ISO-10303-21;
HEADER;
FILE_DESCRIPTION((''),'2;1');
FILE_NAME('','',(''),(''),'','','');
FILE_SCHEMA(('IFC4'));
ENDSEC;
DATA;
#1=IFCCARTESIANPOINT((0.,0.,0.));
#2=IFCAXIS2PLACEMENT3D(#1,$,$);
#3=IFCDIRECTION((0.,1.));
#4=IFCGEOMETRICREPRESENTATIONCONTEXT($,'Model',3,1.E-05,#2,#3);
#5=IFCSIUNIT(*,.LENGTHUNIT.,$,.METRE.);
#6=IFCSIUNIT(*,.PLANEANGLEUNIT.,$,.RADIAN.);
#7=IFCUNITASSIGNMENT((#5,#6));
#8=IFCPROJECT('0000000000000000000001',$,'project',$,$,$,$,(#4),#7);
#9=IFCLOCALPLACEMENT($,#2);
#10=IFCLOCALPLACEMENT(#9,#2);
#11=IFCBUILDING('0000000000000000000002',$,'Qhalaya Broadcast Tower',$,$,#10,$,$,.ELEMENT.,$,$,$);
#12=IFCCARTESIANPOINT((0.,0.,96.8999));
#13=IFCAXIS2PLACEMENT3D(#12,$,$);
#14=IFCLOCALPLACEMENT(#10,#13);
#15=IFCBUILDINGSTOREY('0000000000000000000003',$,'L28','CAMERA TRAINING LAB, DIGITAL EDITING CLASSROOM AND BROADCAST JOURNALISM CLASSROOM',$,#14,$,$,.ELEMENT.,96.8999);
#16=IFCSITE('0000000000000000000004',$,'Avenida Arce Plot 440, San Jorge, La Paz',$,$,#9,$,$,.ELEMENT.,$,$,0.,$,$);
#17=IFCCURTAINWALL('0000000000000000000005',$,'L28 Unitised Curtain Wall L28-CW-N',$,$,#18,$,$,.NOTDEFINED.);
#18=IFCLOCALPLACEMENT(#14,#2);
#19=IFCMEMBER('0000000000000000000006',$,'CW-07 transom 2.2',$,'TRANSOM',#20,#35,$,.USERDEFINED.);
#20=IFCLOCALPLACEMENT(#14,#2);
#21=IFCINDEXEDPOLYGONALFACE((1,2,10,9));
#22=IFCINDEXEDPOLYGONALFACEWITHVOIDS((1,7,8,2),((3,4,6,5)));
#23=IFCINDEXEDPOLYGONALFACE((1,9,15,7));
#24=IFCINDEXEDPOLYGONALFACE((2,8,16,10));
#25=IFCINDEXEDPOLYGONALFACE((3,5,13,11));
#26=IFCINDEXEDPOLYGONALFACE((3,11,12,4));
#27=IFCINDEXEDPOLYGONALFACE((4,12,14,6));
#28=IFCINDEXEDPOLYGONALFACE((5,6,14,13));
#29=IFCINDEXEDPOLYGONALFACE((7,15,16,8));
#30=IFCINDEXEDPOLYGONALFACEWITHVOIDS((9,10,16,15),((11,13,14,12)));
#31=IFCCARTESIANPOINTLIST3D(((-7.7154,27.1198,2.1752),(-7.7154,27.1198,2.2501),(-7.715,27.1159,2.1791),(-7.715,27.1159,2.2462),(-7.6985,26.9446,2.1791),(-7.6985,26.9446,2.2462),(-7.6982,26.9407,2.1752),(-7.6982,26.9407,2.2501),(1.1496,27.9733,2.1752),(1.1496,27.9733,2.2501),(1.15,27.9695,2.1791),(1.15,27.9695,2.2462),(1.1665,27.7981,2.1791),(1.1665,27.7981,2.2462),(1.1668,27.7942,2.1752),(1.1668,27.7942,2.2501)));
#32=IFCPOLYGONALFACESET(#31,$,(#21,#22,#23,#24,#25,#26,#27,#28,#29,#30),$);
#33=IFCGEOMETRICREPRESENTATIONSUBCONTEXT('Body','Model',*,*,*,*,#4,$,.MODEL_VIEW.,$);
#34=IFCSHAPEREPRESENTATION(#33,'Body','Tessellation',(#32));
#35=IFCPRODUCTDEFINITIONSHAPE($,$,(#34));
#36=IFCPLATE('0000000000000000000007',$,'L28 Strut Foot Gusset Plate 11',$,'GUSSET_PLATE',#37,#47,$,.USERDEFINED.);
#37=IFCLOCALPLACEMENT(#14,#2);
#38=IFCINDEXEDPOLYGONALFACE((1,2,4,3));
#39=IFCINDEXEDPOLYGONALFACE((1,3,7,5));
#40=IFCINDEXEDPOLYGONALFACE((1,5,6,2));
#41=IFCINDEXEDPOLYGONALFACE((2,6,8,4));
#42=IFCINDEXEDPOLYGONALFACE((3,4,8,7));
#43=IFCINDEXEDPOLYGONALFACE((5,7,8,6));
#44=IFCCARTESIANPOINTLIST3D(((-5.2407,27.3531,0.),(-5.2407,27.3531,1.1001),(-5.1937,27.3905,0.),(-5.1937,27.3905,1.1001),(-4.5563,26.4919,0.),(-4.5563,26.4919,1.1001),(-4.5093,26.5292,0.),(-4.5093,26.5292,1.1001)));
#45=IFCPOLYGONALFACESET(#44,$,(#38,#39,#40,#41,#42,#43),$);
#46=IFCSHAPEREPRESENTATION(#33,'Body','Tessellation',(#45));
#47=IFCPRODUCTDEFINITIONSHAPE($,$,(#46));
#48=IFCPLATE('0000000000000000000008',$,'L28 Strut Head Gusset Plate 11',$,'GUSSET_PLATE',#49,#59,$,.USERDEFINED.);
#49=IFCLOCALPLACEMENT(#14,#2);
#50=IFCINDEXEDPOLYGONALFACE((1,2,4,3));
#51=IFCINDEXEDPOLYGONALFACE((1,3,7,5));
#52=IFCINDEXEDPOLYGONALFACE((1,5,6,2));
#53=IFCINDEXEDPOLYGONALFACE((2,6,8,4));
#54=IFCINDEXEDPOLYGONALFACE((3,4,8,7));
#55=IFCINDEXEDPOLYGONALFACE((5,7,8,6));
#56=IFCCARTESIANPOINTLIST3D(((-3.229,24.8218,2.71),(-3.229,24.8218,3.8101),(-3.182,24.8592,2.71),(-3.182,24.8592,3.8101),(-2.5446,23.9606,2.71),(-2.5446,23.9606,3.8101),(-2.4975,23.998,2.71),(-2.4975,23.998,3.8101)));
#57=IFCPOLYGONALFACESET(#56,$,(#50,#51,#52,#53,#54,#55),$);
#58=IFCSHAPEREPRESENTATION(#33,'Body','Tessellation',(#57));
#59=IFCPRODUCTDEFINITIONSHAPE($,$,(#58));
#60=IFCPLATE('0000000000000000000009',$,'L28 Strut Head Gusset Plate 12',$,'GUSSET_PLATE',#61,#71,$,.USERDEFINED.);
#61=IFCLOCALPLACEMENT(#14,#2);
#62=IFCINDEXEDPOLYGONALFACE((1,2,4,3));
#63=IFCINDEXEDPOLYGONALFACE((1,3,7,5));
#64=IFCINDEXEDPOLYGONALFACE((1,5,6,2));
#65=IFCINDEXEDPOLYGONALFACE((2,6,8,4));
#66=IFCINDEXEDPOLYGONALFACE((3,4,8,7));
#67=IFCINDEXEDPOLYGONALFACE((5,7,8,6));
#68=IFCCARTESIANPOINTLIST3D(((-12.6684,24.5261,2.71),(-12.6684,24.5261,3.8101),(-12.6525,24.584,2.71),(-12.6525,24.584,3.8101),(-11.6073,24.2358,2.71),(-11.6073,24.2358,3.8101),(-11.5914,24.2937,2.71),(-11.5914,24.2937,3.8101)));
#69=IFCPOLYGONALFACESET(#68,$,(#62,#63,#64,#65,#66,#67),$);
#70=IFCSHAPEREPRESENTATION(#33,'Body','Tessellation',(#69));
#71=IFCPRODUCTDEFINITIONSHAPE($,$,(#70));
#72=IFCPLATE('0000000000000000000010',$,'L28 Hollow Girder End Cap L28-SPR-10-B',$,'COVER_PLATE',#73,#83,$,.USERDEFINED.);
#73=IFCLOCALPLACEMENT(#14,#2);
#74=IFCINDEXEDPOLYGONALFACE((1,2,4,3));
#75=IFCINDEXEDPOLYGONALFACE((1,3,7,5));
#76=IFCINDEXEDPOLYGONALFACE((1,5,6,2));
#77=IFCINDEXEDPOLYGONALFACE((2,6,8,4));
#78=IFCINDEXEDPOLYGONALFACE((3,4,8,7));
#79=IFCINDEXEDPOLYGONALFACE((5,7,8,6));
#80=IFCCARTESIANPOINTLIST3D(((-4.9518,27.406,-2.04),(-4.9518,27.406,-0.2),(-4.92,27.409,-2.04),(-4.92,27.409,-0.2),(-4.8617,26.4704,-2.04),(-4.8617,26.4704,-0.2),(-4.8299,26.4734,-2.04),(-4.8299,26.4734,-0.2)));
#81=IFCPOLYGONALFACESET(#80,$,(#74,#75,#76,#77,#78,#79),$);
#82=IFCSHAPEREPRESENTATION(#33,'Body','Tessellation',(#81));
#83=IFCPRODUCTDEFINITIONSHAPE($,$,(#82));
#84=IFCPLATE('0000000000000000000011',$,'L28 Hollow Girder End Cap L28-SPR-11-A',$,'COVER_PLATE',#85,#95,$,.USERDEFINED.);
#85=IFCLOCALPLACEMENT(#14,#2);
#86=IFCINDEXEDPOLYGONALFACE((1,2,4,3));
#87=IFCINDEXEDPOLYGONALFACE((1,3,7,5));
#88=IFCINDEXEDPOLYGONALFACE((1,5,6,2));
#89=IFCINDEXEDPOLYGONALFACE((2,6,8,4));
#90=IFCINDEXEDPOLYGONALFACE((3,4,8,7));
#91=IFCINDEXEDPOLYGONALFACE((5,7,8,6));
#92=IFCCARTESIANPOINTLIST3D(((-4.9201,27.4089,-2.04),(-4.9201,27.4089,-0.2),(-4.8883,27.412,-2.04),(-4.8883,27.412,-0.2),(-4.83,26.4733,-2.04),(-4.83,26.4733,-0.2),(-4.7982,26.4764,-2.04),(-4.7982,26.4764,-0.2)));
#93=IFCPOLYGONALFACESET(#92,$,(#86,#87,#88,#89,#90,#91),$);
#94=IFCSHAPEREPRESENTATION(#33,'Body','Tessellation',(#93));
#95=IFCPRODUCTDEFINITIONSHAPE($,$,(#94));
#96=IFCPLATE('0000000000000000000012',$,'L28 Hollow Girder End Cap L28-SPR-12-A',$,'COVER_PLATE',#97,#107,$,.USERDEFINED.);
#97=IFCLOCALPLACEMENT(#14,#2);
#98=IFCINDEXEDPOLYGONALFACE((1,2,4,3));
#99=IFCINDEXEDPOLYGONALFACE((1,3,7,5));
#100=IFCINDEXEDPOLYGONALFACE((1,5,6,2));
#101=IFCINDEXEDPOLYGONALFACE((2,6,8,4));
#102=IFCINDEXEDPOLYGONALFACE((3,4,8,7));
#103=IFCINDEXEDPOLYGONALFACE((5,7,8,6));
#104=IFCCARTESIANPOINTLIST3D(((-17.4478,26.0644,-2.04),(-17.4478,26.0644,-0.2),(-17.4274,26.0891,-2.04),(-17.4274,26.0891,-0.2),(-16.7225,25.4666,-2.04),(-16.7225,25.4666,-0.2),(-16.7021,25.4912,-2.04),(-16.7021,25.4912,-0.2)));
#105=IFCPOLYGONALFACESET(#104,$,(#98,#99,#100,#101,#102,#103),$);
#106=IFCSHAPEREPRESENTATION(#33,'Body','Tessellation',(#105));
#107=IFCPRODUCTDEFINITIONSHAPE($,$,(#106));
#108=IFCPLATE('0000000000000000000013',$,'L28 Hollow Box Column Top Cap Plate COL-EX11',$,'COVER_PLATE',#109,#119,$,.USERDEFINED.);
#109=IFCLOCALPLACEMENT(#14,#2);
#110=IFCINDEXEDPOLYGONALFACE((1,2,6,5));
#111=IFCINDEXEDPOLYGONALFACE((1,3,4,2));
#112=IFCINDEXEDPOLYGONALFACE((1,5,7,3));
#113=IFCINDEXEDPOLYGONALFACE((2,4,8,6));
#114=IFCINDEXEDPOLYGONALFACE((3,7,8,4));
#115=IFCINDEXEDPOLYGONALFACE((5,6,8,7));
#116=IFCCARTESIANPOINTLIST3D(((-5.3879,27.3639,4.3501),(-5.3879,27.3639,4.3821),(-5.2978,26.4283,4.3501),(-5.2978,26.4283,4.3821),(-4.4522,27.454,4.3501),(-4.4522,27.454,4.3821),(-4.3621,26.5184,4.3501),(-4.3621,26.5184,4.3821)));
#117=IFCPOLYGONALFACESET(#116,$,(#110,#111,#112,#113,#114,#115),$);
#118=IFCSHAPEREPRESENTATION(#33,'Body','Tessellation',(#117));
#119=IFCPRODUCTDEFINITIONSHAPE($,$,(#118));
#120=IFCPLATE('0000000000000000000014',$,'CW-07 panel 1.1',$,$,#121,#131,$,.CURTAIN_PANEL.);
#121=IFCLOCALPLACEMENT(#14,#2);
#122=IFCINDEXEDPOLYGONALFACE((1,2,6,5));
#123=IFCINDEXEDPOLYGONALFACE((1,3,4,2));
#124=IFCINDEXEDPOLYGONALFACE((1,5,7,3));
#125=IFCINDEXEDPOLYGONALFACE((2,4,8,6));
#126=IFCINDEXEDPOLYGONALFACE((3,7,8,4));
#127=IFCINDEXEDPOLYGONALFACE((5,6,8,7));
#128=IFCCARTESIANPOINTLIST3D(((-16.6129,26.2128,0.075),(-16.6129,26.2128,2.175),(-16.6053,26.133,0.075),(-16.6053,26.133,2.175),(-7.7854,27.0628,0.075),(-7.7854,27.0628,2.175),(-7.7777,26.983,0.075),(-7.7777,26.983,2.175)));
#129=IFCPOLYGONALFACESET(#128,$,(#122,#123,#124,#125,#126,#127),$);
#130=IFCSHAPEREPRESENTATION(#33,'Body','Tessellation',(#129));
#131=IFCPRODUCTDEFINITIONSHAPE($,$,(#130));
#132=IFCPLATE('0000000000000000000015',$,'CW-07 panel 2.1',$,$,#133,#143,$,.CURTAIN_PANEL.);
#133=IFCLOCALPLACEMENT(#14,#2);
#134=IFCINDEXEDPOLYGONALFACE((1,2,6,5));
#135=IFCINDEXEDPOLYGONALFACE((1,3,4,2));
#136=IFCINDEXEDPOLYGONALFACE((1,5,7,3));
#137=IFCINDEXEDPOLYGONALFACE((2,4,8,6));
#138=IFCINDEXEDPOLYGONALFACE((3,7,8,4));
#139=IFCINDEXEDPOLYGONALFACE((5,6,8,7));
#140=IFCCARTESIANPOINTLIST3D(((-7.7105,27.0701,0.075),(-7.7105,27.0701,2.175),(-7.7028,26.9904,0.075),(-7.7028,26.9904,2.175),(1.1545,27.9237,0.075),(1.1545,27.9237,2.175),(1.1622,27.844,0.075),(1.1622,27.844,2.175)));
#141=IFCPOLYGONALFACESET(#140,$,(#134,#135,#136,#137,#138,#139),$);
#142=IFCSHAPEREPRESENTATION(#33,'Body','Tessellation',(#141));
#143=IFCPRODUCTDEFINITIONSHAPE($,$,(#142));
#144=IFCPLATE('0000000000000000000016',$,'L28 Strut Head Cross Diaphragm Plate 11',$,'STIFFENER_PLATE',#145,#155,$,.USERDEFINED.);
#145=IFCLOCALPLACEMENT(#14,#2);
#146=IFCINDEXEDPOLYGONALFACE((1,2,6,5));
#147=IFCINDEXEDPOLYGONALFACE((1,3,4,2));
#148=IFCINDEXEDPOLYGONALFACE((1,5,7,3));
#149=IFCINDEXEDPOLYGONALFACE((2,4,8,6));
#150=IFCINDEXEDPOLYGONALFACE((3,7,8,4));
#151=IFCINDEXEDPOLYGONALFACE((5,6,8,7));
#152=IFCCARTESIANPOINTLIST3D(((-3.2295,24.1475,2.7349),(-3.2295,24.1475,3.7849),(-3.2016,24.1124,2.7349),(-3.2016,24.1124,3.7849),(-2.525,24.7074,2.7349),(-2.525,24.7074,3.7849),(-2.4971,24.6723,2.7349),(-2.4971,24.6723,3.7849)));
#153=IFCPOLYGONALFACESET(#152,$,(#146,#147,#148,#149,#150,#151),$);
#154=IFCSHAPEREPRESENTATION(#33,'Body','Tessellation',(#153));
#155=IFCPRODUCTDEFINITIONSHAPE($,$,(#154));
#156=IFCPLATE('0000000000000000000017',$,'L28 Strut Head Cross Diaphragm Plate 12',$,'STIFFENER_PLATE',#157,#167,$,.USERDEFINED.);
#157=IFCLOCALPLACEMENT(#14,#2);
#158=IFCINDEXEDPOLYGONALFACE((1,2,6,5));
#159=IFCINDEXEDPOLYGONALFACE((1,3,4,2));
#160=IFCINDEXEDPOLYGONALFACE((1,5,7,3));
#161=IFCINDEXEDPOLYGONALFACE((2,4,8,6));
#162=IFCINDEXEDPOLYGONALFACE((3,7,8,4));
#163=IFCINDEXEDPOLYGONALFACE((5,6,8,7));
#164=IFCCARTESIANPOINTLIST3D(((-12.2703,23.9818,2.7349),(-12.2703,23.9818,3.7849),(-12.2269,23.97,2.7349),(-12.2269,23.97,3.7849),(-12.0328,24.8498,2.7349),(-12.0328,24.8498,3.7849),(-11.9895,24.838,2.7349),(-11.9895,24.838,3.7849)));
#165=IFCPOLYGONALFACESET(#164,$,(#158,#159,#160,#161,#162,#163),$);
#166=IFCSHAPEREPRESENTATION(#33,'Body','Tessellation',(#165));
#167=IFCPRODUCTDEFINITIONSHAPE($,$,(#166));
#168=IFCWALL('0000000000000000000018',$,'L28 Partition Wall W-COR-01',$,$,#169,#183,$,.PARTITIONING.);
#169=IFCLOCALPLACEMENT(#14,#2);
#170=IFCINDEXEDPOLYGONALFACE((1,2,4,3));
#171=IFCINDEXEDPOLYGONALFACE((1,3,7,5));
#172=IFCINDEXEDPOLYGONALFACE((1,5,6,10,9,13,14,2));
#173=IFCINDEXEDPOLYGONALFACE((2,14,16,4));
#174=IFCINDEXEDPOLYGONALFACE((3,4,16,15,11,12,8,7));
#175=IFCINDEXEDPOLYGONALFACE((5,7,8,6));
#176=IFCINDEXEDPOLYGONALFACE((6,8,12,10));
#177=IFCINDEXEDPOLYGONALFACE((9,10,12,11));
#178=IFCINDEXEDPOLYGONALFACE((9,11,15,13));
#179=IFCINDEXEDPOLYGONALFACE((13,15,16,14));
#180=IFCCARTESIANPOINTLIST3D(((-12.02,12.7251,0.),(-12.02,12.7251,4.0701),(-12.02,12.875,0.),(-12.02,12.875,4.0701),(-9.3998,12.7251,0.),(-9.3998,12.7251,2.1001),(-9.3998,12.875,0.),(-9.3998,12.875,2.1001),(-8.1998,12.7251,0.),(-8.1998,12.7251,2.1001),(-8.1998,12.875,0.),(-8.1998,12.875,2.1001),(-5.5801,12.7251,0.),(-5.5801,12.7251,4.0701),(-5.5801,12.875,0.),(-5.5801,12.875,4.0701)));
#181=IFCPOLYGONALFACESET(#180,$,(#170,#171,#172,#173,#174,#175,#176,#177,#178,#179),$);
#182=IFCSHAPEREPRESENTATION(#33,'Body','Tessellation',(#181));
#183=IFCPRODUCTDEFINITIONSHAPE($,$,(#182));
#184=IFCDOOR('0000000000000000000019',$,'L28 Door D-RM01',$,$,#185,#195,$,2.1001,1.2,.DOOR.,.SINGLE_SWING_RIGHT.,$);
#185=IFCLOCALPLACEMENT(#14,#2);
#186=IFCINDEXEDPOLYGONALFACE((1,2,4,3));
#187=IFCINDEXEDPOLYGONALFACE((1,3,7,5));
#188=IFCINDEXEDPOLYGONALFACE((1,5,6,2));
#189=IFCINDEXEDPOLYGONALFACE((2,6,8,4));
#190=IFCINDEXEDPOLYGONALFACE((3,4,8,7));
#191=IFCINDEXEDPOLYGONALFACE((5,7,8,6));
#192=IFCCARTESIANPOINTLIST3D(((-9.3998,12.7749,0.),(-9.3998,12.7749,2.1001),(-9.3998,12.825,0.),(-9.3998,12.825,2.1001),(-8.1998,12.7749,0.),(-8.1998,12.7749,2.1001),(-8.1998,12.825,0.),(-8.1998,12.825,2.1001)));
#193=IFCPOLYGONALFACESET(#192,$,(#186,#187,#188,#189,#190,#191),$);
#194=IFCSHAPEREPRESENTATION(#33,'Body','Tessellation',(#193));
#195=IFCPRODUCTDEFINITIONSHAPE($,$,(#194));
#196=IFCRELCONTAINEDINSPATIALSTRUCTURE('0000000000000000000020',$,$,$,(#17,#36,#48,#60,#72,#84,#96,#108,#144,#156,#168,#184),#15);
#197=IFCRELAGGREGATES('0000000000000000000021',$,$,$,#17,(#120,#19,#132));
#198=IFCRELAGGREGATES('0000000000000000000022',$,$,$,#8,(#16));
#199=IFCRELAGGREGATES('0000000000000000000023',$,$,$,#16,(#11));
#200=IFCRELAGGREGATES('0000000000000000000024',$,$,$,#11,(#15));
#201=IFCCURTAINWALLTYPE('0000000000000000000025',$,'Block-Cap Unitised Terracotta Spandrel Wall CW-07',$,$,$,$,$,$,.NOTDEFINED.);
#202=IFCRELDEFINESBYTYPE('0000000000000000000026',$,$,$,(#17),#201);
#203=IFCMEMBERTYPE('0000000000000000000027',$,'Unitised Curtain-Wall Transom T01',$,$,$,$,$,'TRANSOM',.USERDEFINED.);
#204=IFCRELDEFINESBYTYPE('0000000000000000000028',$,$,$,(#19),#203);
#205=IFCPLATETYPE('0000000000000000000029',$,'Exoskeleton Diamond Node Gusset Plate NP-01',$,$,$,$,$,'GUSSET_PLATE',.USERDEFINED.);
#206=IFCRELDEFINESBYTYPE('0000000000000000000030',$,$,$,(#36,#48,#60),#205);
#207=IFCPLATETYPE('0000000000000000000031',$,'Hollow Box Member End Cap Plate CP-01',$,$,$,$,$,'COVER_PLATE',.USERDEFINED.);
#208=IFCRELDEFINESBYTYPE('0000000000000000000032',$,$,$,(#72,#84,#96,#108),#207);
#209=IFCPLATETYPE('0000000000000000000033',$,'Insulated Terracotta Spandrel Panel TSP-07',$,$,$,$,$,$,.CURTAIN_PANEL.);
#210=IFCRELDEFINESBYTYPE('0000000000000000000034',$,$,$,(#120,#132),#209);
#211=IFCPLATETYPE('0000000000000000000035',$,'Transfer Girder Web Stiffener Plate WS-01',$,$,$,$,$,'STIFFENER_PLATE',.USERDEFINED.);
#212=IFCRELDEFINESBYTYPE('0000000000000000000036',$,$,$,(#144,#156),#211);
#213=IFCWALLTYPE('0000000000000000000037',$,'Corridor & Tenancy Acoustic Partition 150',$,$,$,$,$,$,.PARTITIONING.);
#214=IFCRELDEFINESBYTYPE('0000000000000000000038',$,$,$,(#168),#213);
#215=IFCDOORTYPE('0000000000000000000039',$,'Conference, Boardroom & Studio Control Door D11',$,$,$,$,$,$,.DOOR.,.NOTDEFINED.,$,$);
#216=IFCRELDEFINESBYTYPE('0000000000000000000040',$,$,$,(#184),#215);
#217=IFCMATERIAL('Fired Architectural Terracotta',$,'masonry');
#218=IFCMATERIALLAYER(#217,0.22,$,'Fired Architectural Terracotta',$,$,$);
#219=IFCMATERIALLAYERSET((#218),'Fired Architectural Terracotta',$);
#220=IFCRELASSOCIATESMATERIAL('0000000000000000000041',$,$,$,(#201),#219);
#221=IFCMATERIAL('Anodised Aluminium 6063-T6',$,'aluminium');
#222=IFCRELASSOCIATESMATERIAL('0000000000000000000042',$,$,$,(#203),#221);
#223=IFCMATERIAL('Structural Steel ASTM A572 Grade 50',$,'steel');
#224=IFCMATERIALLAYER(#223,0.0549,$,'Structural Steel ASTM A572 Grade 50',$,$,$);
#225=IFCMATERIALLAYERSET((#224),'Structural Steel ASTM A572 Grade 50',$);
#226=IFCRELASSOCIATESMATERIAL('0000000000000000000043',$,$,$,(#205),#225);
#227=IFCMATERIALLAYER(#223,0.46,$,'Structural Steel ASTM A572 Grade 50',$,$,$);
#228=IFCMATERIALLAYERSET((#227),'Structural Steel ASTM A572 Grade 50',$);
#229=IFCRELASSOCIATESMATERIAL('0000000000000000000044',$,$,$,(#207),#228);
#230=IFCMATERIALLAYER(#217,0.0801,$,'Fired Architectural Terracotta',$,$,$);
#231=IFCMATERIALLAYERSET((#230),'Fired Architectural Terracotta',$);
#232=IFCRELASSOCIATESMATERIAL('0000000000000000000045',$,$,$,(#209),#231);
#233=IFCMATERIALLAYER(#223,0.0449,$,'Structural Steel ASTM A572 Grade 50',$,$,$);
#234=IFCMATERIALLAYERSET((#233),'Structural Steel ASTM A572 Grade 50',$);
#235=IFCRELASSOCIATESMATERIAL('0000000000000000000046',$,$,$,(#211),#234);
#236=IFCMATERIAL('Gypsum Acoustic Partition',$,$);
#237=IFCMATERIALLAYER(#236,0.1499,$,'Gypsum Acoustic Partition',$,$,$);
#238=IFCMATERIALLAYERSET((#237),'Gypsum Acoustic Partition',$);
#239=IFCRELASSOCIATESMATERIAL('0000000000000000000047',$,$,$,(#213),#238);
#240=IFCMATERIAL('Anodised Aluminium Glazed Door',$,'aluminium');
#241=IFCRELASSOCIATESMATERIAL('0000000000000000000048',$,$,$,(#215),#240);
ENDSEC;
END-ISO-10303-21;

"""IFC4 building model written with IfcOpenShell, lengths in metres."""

from ifc_helpers import new_model, si_unit, direction, frame, frame_2d, origin, origin_2d, place, context, subcontext, project, spatial, rectangle, hollow_rectangle, extrude, material, layer, layer_set, material_profile, profile_set, type_object, element, fill, aggregate, save


model = new_model("IFC4")

# Units and contexts
model_context = context("Model", 3, precision=1e-05, world=origin(), true_north=direction((0.0, 1.0)))
body_context = subcontext(model_context, "Body", "Model", "MODEL_VIEW")
ifc_project = project(units=[si_unit("LENGTHUNIT", "METRE"), si_unit("PLANEANGLEUNIT", "RADIAN")], contexts=[model_context])

# Site, building, storey
site_placement = place(None, origin())
site = spatial("IfcSite", under=ifc_project, at=site_placement, Name="Avenida Arce Plot 440, San Jorge, La Paz", CompositionType="ELEMENT", RefElevation=0.0)
building_placement = place(site_placement, origin())
building = spatial("IfcBuilding", under=site, at=building_placement, Name="Qhalaya Broadcast Tower", CompositionType="ELEMENT")
storey_placement = place(building_placement, frame((0.0, 0.0, 96.8999)))
storey = spatial("IfcBuildingStorey", under=building, at=storey_placement, Name="L28", Description="CAMERA TRAINING LAB, DIGITAL EDITING CLASSROOM AND BROADCAST JOURNALISM CLASSROOM", CompositionType="ELEMENT", Elevation=96.8999)

# Shared definitions
ifc_material_1 = material(Name="Structural Steel ASTM A572 Grade 50", Category="steel")

# Curtain wall, member
ifc_material_2 = material(Name="Fired Architectural Terracotta", Category="masonry")
ifc_layer_1 = layer(ifc_material_2, 0.22, Name="Fired Architectural Terracotta")
ifc_layer_set_1 = layer_set([ifc_layer_1], Name="Fired Architectural Terracotta")
curtain_wall_type = type_object("IfcCurtainWallType", Name="Block-Cap Unitised Terracotta Spandrel Wall CW-07", PredefinedType="NOTDEFINED", material=ifc_layer_set_1)
curtain_wall_placement = place(storey_placement, origin())
curtain_wall = element("IfcCurtainWall", 1, at=curtain_wall_placement, inside=storey, type_object=curtain_wall_type, Name="L28 Unitised Curtain Wall L28-CW-N", PredefinedType="NOTDEFINED")
ifc_material_3 = material(Name="Anodised Aluminium 6063-T6", Category="aluminium")
ifc_material_profile_1 = material_profile(ifc_material_3, hollow_rectangle(XDim=0.075, YDim=0.1799, WallThickness=0.0039, at=origin_2d()), Name="ALU-TRN 75x180x4")
ifc_profile_set_1 = profile_set([ifc_material_profile_1], Name="Anodised Aluminium 6063-T6")
member_type_1 = type_object("IfcMemberType", Name="Unitised Curtain-Wall Transom T01", ElementType="TRANSOM", PredefinedType="USERDEFINED", material=ifc_profile_set_1)
member_1_placement = place(storey_placement, frame((-7.7068, 27.0303, 2.2126), z_axis=(0.995397, 0.095836, 0.0), x_axis=(0.0, 0.0, 1.0)))
member_1 = element("IfcMember", 2, at=member_1_placement, type_object=member_type_1, Name="CW-07 transom 2.2", ObjectType="TRANSOM", PredefinedType="USERDEFINED", context=body_context, shape_type="SweptSolid", body=[
    extrude(hollow_rectangle(XDim=0.075, YDim=0.1799, WallThickness=0.0039, at=origin_2d()), origin(), (0.0, 0.0, 1.0), 8.906),
])

# Plates
ifc_layer_2 = layer(ifc_material_1, 0.0549, Name="Structural Steel ASTM A572 Grade 50")
ifc_layer_set_2 = layer_set([ifc_layer_2], Name="Structural Steel ASTM A572 Grade 50")
plate_type_1 = type_object("IfcPlateType", Name="Exoskeleton Diamond Node Gusset Plate NP-01", ElementType="GUSSET_PLATE", PredefinedType="USERDEFINED", material=ifc_layer_set_2)
for number, where, z_axis, x_axis, name in (
    (3, (-4.875, 26.9412, 0.0), (0.0, 0.0, 1.0), (0.622187, -0.782869, 0.0), "L28 Strut Foot Gusset Plate 11"),
    (4, (-2.8633, 24.4099, 2.71), (0.0, 0.0, 1.0), (0.622187, -0.782869, 0.0), "L28 Strut Head Gusset Plate 11"),
    (5, (-12.1299, 24.4099, 2.71), (0.0, 0.0, 1.0), (0.964562, -0.263856, 0.0), "L28 Strut Head Gusset Plate 12"),
):
    element("IfcPlate", number, at=place(storey_placement, frame(where, z_axis=z_axis, x_axis=x_axis)), inside=storey, type_object=plate_type_1, Name=name, ObjectType="GUSSET_PLATE", PredefinedType="USERDEFINED", context=body_context, shape_type="SweptSolid", body=[
        extrude(rectangle(XDim=1.1001, YDim=0.0601, at=origin_2d()), origin(), (0.0, 0.0, 1.0), 1.1001),
    ])
ifc_layer_3 = layer(ifc_material_1, 0.46, Name="Structural Steel ASTM A572 Grade 50")
ifc_layer_set_3 = layer_set([ifc_layer_3], Name="Structural Steel ASTM A572 Grade 50")
plate_type_2 = type_object("IfcPlateType", Name="Hollow Box Member End Cap Plate CP-01", ElementType="COVER_PLATE", PredefinedType="USERDEFINED", material=ifc_layer_set_3)
for number, where, z_axis, x_axis, name in (
    (6, (-4.8909, 26.9397, -2.04), (0.0, 0.0, 1.0), (0.095846, -0.995396, 0.0), "L28 Hollow Girder End Cap L28-SPR-10-B"),
    (7, (-4.8591, 26.9426, -2.04), (0.0, 0.0, 1.0), (0.095846, -0.995396, 0.0), "L28 Hollow Girder End Cap L28-SPR-11-A"),
    (8, (-17.075, 25.7778, -2.04), (0.0, 0.0, 1.0), (0.771625, -0.636078, 0.0), "L28 Hollow Girder End Cap L28-SPR-12-A"),
):
    element("IfcPlate", number, at=place(storey_placement, frame(where, z_axis=z_axis, x_axis=x_axis)), inside=storey, type_object=plate_type_2, Name=name, ObjectType="COVER_PLATE", PredefinedType="USERDEFINED", context=body_context, shape_type="SweptSolid", body=[
        extrude(rectangle(XDim=0.9399, YDim=0.032, at=origin_2d()), origin(), (0.0, 0.0, 1.0), 1.8401),
    ])
plate_1_placement = place(storey_placement, frame((-4.875, 26.9412, 4.3501), z_axis=(0.0, 0.0, 1.0), x_axis=(0.995396, 0.095846, 0.0)))
element("IfcPlate", 9, at=plate_1_placement, inside=storey, type_object=plate_type_2, Name="L28 Hollow Box Column Top Cap Plate COL-EX11", ObjectType="COVER_PLATE", PredefinedType="USERDEFINED", context=body_context, shape_type="SweptSolid", body=[
    extrude(rectangle(XDim=0.9399, YDim=0.9399, at=origin_2d()), origin(), (0.0, 0.0, 1.0), 0.032),
])

# Plates
ifc_layer_4 = layer(ifc_material_2, 0.0801, Name="Fired Architectural Terracotta")
ifc_layer_set_4 = layer_set([ifc_layer_4], Name="Fired Architectural Terracotta")
plate_type_3 = type_object("IfcPlateType", Name="Insulated Terracotta Spandrel Panel TSP-07", PredefinedType="CURTAIN_PANEL", material=ifc_layer_set_4)
plate_2_placement = place(storey_placement, frame((-12.1953, 26.5979, 0.075), z_axis=(0.0, 0.0, 1.0), x_axis=(0.995396, 0.095847, 0.0)))
plate_2 = element("IfcPlate", 10, at=plate_2_placement, type_object=plate_type_3, Name="CW-07 panel 1.1", PredefinedType="CURTAIN_PANEL", context=body_context, shape_type="SweptSolid", body=[
    extrude(rectangle(XDim=8.8684, YDim=0.0801, at=origin_2d()), origin(), (0.0, 0.0, 1.0), 2.1001),
])
plate_3_placement = place(storey_placement, frame((-3.2742, 27.457, 0.075), z_axis=(0.0, 0.0, 1.0), x_axis=(0.995396, 0.095847, 0.0)))
plate_3 = element("IfcPlate", 11, at=plate_3_placement, type_object=plate_type_3, Name="CW-07 panel 2.1", PredefinedType="CURTAIN_PANEL", context=body_context, shape_type="SweptSolid", body=[
    extrude(rectangle(XDim=8.906, YDim=0.0801, at=origin_2d()), origin(), (0.0, 0.0, 1.0), 2.1001),
])
aggregate(curtain_wall, [plate_2, member_1, plate_3])

# Plates
ifc_layer_5 = layer(ifc_material_1, 0.0449, Name="Structural Steel ASTM A572 Grade 50")
ifc_layer_set_5 = layer_set([ifc_layer_5], Name="Structural Steel ASTM A572 Grade 50")
plate_type_4 = type_object("IfcPlateType", Name="Transfer Girder Web Stiffener Plate WS-01", ElementType="STIFFENER_PLATE", PredefinedType="USERDEFINED", material=ifc_layer_set_5)
for number, where, z_axis, x_axis, name in (
    (12, (-2.8633, 24.4099, 2.7349), (0.0, 0.0, 1.0), (0.782869, 0.622187, 0.0), "L28 Strut Head Cross Diaphragm Plate 11"),
    (13, (-12.1299, 24.4099, 2.7349), (0.0, 0.0, 1.0), (0.263856, 0.964562, 0.0), "L28 Strut Head Cross Diaphragm Plate 12"),
):
    element("IfcPlate", number, at=place(storey_placement, frame(where, z_axis=z_axis, x_axis=x_axis)), inside=storey, type_object=plate_type_4, Name=name, ObjectType="STIFFENER_PLATE", PredefinedType="USERDEFINED", context=body_context, shape_type="SweptSolid", body=[
        extrude(rectangle(XDim=0.8999, YDim=0.0449, at=origin_2d()), origin(), (0.0, 0.0, 1.0), 1.05),
    ])

# Wall, opening, door
ifc_material_4 = material(Name="Gypsum Acoustic Partition")
ifc_layer_6 = layer(ifc_material_4, 0.1499, Name="Gypsum Acoustic Partition")
ifc_layer_set_6 = layer_set([ifc_layer_6], Name="Gypsum Acoustic Partition")
wall_type_1 = type_object("IfcWallType", Name="Corridor & Tenancy Acoustic Partition 150", PredefinedType="PARTITIONING", material=ifc_layer_set_6)
wall_1_placement = place(storey_placement, frame((-12.02, 12.8, 0.0), z_axis=(0.0, 0.0, 1.0), x_axis=(1.0, 0.0, 0.0)))
wall_1 = element("IfcWall", 14, at=wall_1_placement, inside=storey, type_object=wall_type_1, Name="L28 Partition Wall W-COR-01", PredefinedType="PARTITIONING", context=body_context, shape_type="SweptSolid", body=[
    extrude(rectangle(XDim=6.4399, YDim=0.1499, at=frame_2d((3.22, 0.0))), origin(), (0.0, 0.0, 1.0), 4.0701),
])
opening_1_placement = place(wall_1_placement, frame((2.6201, 0.0, 0.0)))
opening_1 = element("IfcOpeningElement", 15, at=opening_1_placement, cuts=wall_1, PredefinedType="OPENING", context=body_context, shape_type="SweptSolid", body=[
    extrude(rectangle(XDim=1.2, YDim=2.1001, at=frame_2d((0.6001, 1.05))), frame((0.0, 0.0869, 0.0), z_axis=(0.0, -1.0, 0.0), x_axis=(1.0, 0.0, 0.0)), (0.0, 0.0, 1.0), 0.1738),
])
ifc_material_5 = material(Name="Anodised Aluminium Glazed Door", Category="aluminium")
door_type = type_object("IfcDoorType", Name="Conference, Boardroom & Studio Control Door D11", OperationType="NOTDEFINED", PredefinedType="DOOR", material=ifc_material_5)
door_1_placement = place(opening_1_placement, origin())
door_1 = element("IfcDoor", 16, at=door_1_placement, inside=storey, type_object=door_type, Name="L28 Door D-RM01", OperationType="SINGLE_SWING_RIGHT", OverallHeight=2.1001, OverallWidth=1.2, PredefinedType="DOOR", context=body_context, shape_type="SweptSolid", body=[
    extrude(rectangle(XDim=1.2, YDim=2.1001, at=frame_2d((0.6001, 1.05))), frame((0.0, 0.0249, 0.0), z_axis=(0.0, -1.0, 0.0), x_axis=(1.0, 0.0, 0.0)), (0.0, 0.0, 1.0), 0.05),
])
fill(opening_1, door_1)

save(model, "model.ifc")
